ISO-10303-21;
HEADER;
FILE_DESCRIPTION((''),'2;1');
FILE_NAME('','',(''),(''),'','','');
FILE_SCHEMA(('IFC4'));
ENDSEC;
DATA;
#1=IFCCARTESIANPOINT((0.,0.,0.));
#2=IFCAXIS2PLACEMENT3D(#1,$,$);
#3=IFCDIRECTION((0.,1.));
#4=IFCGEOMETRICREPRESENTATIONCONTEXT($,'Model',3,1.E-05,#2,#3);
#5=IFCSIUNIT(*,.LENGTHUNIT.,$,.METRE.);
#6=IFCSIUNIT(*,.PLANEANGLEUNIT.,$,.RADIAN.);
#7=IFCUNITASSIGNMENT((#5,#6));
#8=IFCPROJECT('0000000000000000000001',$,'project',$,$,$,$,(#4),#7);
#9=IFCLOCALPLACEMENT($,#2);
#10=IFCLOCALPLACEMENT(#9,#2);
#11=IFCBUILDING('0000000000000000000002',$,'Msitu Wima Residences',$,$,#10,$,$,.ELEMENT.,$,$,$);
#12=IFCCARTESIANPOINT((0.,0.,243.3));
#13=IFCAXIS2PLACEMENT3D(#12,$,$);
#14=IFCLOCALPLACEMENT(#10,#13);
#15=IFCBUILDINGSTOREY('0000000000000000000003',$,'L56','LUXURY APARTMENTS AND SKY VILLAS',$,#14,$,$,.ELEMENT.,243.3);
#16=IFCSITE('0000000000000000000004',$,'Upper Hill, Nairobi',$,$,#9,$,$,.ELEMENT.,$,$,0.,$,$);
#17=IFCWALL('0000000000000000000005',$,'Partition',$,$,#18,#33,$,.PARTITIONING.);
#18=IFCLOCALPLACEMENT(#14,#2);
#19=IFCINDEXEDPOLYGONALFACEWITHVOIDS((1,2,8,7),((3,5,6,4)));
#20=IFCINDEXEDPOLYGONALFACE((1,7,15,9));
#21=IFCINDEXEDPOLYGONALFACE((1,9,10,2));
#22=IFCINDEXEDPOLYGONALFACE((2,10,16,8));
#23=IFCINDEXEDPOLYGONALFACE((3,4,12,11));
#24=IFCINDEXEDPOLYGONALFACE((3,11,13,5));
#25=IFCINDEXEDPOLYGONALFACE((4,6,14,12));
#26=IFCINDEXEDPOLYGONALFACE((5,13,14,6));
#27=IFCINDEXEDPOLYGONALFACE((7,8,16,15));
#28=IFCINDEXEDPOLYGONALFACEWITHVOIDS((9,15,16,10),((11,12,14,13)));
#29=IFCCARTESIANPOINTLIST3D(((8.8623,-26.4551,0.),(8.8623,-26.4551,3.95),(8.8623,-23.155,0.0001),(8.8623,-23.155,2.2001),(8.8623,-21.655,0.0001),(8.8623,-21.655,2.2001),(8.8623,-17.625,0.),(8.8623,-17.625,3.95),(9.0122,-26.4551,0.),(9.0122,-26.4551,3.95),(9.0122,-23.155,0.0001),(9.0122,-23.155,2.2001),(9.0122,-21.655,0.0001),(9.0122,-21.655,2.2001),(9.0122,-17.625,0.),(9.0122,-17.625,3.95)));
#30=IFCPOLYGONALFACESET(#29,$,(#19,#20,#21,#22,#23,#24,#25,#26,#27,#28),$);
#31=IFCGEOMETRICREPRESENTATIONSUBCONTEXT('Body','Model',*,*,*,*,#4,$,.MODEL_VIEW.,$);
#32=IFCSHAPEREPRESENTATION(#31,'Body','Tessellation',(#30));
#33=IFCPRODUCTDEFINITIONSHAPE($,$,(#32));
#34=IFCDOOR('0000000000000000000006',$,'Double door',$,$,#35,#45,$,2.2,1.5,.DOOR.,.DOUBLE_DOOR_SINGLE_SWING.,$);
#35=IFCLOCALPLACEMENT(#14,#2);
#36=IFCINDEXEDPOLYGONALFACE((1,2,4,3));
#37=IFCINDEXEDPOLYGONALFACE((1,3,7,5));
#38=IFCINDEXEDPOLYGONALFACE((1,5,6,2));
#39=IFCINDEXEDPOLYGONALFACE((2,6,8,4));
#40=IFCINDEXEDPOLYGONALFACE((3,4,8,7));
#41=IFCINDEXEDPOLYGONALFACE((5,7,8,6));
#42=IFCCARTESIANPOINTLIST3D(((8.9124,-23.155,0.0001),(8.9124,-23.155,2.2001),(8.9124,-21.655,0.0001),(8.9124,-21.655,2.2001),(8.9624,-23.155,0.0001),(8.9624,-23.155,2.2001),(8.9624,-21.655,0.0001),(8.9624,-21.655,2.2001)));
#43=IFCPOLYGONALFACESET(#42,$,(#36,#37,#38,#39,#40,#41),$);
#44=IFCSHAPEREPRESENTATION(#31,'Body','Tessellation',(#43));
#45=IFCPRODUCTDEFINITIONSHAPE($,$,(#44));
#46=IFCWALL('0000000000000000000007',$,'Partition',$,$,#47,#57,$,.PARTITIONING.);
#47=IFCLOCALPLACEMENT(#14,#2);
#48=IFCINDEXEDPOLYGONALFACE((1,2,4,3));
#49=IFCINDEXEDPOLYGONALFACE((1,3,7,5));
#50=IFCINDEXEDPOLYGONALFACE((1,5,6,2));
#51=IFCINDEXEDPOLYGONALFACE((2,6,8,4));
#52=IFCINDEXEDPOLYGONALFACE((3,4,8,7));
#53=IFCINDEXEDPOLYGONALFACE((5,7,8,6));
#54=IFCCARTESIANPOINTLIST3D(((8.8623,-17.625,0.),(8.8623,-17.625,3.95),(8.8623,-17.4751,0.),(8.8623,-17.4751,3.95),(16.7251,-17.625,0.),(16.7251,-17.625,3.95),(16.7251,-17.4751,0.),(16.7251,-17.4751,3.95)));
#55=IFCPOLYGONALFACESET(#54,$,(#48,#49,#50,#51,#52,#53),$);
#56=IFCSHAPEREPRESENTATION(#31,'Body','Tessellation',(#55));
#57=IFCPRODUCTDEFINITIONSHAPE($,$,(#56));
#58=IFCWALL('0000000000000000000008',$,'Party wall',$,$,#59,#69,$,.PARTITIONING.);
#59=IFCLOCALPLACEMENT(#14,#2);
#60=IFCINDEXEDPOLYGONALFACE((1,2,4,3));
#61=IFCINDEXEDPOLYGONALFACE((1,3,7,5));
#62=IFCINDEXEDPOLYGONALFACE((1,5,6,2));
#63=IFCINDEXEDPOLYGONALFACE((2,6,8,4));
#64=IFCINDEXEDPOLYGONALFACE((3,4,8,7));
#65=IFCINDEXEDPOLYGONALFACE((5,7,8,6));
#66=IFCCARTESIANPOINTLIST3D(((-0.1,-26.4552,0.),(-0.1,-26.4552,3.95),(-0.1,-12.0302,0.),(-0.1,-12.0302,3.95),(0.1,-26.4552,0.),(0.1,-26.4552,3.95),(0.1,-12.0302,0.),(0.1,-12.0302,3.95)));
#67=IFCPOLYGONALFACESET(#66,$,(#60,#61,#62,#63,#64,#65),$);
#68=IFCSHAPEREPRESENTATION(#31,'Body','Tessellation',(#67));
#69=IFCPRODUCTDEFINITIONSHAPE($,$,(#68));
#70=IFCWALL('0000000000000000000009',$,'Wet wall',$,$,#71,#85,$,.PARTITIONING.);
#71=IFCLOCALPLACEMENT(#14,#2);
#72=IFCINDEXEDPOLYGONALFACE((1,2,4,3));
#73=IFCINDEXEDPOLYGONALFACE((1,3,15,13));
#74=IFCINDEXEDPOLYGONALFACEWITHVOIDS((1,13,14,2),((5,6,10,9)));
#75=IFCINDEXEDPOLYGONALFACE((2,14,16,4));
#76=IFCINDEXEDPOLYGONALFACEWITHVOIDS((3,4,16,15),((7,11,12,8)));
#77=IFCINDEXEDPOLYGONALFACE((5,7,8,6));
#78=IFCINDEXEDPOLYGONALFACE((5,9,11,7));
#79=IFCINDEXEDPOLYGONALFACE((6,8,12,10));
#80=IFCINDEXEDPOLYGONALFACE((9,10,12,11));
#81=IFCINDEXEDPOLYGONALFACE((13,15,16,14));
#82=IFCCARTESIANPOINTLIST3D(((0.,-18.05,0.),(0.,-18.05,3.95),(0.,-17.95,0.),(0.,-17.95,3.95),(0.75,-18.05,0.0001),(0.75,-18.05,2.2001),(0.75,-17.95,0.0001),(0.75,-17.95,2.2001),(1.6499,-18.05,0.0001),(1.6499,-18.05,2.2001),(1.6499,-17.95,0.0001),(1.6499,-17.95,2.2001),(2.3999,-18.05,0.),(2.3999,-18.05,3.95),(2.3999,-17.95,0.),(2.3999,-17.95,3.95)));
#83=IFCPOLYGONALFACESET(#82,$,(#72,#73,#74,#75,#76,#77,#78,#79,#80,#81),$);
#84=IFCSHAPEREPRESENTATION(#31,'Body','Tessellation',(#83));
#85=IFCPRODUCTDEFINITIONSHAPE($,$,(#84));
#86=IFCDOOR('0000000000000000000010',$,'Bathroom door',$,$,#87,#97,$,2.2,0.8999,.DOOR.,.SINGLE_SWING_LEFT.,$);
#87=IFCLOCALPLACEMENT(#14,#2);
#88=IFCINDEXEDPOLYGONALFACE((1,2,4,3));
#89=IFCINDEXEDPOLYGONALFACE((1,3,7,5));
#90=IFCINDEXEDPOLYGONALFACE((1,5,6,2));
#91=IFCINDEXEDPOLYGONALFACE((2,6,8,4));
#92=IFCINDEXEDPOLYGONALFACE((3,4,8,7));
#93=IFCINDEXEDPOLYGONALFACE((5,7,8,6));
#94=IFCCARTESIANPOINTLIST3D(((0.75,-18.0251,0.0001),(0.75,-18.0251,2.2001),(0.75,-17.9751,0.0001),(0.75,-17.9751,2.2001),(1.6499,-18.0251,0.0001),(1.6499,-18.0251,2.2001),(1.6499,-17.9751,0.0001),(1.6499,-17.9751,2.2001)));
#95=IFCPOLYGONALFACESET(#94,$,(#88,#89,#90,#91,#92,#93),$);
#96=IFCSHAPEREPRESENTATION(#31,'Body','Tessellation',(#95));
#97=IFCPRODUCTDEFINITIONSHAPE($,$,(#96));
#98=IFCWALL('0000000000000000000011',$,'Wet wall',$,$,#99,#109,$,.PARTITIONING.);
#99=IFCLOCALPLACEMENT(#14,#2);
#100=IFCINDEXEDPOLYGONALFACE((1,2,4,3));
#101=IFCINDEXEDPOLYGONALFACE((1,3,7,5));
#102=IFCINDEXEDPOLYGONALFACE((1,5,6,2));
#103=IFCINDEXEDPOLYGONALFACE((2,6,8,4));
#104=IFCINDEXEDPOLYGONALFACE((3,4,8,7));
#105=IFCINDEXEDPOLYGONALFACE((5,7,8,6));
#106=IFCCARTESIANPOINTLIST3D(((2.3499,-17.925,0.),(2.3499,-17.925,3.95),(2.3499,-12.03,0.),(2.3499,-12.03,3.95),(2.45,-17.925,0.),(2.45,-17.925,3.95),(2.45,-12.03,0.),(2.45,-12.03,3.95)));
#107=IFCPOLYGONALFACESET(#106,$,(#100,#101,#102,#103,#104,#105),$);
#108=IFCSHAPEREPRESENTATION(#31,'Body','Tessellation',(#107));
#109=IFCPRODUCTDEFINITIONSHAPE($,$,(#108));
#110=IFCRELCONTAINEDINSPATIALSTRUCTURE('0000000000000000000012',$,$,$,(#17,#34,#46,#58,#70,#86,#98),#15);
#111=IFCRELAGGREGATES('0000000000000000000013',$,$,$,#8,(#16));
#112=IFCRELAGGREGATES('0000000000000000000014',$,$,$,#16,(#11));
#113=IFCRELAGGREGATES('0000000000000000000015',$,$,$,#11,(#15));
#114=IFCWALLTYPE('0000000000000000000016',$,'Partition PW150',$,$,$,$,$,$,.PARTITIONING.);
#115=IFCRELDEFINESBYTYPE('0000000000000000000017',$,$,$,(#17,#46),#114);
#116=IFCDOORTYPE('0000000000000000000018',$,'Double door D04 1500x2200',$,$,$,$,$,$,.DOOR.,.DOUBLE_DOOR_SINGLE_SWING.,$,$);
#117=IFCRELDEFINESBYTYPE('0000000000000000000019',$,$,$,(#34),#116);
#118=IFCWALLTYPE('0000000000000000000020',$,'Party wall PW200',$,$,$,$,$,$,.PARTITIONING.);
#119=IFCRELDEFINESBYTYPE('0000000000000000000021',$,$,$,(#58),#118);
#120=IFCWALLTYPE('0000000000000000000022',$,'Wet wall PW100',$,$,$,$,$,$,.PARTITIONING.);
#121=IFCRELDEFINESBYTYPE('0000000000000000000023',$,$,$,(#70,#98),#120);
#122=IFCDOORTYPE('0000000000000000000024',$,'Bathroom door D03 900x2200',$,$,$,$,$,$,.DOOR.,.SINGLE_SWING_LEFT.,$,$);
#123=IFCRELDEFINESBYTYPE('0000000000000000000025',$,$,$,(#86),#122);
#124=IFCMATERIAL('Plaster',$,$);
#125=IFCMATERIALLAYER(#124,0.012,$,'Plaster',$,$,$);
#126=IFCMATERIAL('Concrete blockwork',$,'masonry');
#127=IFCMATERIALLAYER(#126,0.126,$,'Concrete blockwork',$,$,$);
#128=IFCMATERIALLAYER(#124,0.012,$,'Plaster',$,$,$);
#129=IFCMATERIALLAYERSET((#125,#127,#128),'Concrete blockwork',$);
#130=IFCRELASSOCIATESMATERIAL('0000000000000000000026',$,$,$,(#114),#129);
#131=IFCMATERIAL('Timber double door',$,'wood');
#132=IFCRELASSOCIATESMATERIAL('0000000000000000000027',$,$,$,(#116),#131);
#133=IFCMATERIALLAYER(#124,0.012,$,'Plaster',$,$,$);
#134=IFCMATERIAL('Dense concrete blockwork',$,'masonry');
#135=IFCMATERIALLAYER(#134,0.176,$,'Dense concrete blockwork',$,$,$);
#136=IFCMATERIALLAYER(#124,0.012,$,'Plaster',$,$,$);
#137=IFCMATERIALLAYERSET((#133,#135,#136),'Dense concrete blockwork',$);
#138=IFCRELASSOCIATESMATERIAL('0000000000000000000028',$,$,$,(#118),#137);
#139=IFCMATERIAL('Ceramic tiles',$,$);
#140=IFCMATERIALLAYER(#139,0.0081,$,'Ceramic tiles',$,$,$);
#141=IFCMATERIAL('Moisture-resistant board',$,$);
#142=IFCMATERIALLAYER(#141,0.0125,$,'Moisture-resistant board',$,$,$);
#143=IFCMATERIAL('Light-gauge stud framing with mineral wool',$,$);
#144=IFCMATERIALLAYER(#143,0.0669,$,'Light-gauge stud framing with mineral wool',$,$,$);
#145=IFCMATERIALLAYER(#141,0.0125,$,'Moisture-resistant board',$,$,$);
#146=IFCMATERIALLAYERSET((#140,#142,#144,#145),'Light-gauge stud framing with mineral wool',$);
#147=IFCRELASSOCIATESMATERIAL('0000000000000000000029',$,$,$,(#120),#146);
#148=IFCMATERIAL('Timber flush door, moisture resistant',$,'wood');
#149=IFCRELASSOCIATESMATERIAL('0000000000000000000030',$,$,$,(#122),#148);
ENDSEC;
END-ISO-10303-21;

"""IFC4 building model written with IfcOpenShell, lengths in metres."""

from ifc_helpers import new_model, si_unit, direction, frame, frame_2d, origin, place, context, subcontext, project, spatial, rectangle, extrude, material, layer, layer_set, type_object, element, fill, save


model = new_model("IFC4")

# Units and contexts
model_context = context("Model", 3, precision=1e-05, world=origin(), true_north=direction((0.0, 1.0)))
body_context = subcontext(model_context, "Body", "Model", "MODEL_VIEW")
ifc_project = project(units=[si_unit("LENGTHUNIT", "METRE"), si_unit("PLANEANGLEUNIT", "RADIAN")], contexts=[model_context])

# Site, building, storey
site_placement = place(None, origin())
site = spatial("IfcSite", under=ifc_project, at=site_placement, Name="Upper Hill, Nairobi", CompositionType="ELEMENT", RefElevation=0.0)
building_placement = place(site_placement, origin())
building = spatial("IfcBuilding", under=site, at=building_placement, Name="Msitu Wima Residences", CompositionType="ELEMENT")
storey_placement = place(building_placement, frame((0.0, 0.0, 243.3)))
storey = spatial("IfcBuildingStorey", under=building, at=storey_placement, Name="L56", Description="LUXURY APARTMENTS AND SKY VILLAS", CompositionType="ELEMENT", Elevation=243.3)

# Wall, opening, door
ifc_material_1 = material(Name="Plaster")
ifc_layer_1 = layer(ifc_material_1, 0.012, Name="Plaster")
ifc_material_2 = material(Name="Concrete blockwork", Category="masonry")
ifc_layer_2 = layer(ifc_material_2, 0.126, Name="Concrete blockwork")
ifc_layer_3 = layer(ifc_material_1, 0.012, Name="Plaster")
ifc_layer_set_1 = layer_set([ifc_layer_1, ifc_layer_2, ifc_layer_3], Name="Concrete blockwork")
wall_type_1 = type_object("IfcWallType", Name="Partition PW150", PredefinedType="PARTITIONING", material=ifc_layer_set_1)
wall_1_placement = place(storey_placement, frame((8.9373, -26.4551, 0.0), z_axis=(0.0, 0.0, 1.0), x_axis=(0.0, 1.0, 0.0)))
wall_1 = element("IfcWall", 1, at=wall_1_placement, inside=storey, type_object=wall_type_1, Name="Partition", PredefinedType="PARTITIONING", context=body_context, shape_type="SweptSolid", body=[
    extrude(rectangle(XDim=8.8301, YDim=0.1499, at=frame_2d((4.415, 0.0))), origin(), (0.0, 0.0, 1.0), 3.95),
])
opening_1_placement = place(wall_1_placement, frame((3.3, 0.0, 0.0)))
opening_1 = element("IfcOpeningElement", 2, at=opening_1_placement, cuts=wall_1, PredefinedType="OPENING", context=body_context, shape_type="SweptSolid", body=[
    extrude(rectangle(XDim=1.5, YDim=2.2, at=frame_2d((0.75, 1.1001))), frame((0.0, 0.085, 0.0), z_axis=(0.0, -1.0, 0.0), x_axis=(1.0, 0.0, 0.0)), (0.0, 0.0, 1.0), 0.1699),
])
ifc_material_3 = material(Name="Timber double door", Category="wood")
door_type_1 = type_object("IfcDoorType", Name="Double door D04 1500x2200", OperationType="DOUBLE_DOOR_SINGLE_SWING", PredefinedType="DOOR", material=ifc_material_3)
door_1_placement = place(opening_1_placement, origin())
door_1 = element("IfcDoor", 3, at=door_1_placement, inside=storey, type_object=door_type_1, Name="Double door", OperationType="DOUBLE_DOOR_SINGLE_SWING", OverallHeight=2.2, OverallWidth=1.5, PredefinedType="DOOR", context=body_context, shape_type="SweptSolid", body=[
    extrude(rectangle(XDim=1.5, YDim=2.2, at=frame_2d((0.75, 1.1001))), frame((0.0, 0.0249, 0.0), z_axis=(0.0, -1.0, 0.0), x_axis=(1.0, 0.0, 0.0)), (0.0, 0.0, 1.0), 0.05),
])
fill(opening_1, door_1)

# Walls
wall_2_placement = place(storey_placement, frame((8.8623, -17.55, 0.0), z_axis=(0.0, 0.0, 1.0), x_axis=(1.0, 0.0, 0.0)))
element("IfcWall", 4, at=wall_2_placement, inside=storey, type_object=wall_type_1, Name="Partition", PredefinedType="PARTITIONING", context=body_context, shape_type="SweptSolid", body=[
    extrude(rectangle(XDim=7.8628, YDim=0.1499, at=frame_2d((3.9314, 0.0))), origin(), (0.0, 0.0, 1.0), 3.95),
])
ifc_layer_4 = layer(ifc_material_1, 0.012, Name="Plaster")
ifc_material_4 = material(Name="Dense concrete blockwork", Category="masonry")
ifc_layer_5 = layer(ifc_material_4, 0.176, Name="Dense concrete blockwork")
ifc_layer_6 = layer(ifc_material_1, 0.012, Name="Plaster")
ifc_layer_set_2 = layer_set([ifc_layer_4, ifc_layer_5, ifc_layer_6], Name="Dense concrete blockwork")
wall_type_2 = type_object("IfcWallType", Name="Party wall PW200", PredefinedType="PARTITIONING", material=ifc_layer_set_2)
wall_3_placement = place(storey_placement, frame((0.0, -26.4551, 0.0), z_axis=(0.0, 0.0, 1.0), x_axis=(0.0, 1.0, 0.0)))
element("IfcWall", 5, at=wall_3_placement, inside=storey, type_object=wall_type_2, Name="Party wall", PredefinedType="PARTITIONING", context=body_context, shape_type="SweptSolid", body=[
    extrude(rectangle(XDim=14.425, YDim=0.2, at=frame_2d((7.2124, 0.0))), origin(), (0.0, 0.0, 1.0), 3.95),
])

# Wall, opening, door
ifc_material_5 = material(Name="Ceramic tiles")
ifc_layer_7 = layer(ifc_material_5, 0.0081, Name="Ceramic tiles")
ifc_material_6 = material(Name="Moisture-resistant board")
ifc_layer_8 = layer(ifc_material_6, 0.0125, Name="Moisture-resistant board")
ifc_material_7 = material(Name="Light-gauge stud framing with mineral wool")
ifc_layer_9 = layer(ifc_material_7, 0.0669, Name="Light-gauge stud framing with mineral wool")
ifc_layer_10 = layer(ifc_material_6, 0.0125, Name="Moisture-resistant board")
ifc_layer_set_3 = layer_set([ifc_layer_7, ifc_layer_8, ifc_layer_9, ifc_layer_10], Name="Light-gauge stud framing with mineral wool")
wall_type_3 = type_object("IfcWallType", Name="Wet wall PW100", PredefinedType="PARTITIONING", material=ifc_layer_set_3)
wall_4_placement = place(storey_placement, frame((0.0, -18.0, 0.0), z_axis=(0.0, 0.0, 1.0), x_axis=(1.0, 0.0, 0.0)))
wall_4 = element("IfcWall", 6, at=wall_4_placement, inside=storey, type_object=wall_type_3, Name="Wet wall", PredefinedType="PARTITIONING", context=body_context, shape_type="SweptSolid", body=[
    extrude(rectangle(XDim=2.3999, YDim=0.1001, at=frame_2d((1.2, 0.0))), origin(), (0.0, 0.0, 1.0), 3.95),
])
opening_2_placement = place(wall_4_placement, frame((0.75, 0.0, 0.0)))
opening_2 = element("IfcOpeningElement", 7, at=opening_2_placement, cuts=wall_4, PredefinedType="OPENING", context=body_context, shape_type="SweptSolid", body=[
    extrude(rectangle(XDim=0.8999, YDim=2.2, at=frame_2d((0.45, 1.1001))), frame((0.0, 0.0601, 0.0), z_axis=(0.0, -1.0, 0.0), x_axis=(1.0, 0.0, 0.0)), (0.0, 0.0, 1.0), 0.1201),
])
ifc_material_8 = material(Name="Timber flush door, moisture resistant", Category="wood")
door_type_2 = type_object("IfcDoorType", Name="Bathroom door D03 900x2200", OperationType="SINGLE_SWING_LEFT", PredefinedType="DOOR", material=ifc_material_8)
door_2_placement = place(opening_2_placement, origin())
door_2 = element("IfcDoor", 8, at=door_2_placement, inside=storey, type_object=door_type_2, Name="Bathroom door", OperationType="SINGLE_SWING_LEFT", OverallHeight=2.2, OverallWidth=0.8999, PredefinedType="DOOR", context=body_context, shape_type="SweptSolid", body=[
    extrude(rectangle(XDim=0.8999, YDim=2.2, at=frame_2d((0.45, 1.1001))), frame((0.0, 0.0249, 0.0), z_axis=(0.0, -1.0, 0.0), x_axis=(1.0, 0.0, 0.0)), (0.0, 0.0, 1.0), 0.05),
])
fill(opening_2, door_2)

# Wall
wall_5_placement = place(storey_placement, frame((2.3999, -17.925, 0.0), z_axis=(0.0, 0.0, 1.0), x_axis=(0.0, 1.0, 0.0)))
element("IfcWall", 9, at=wall_5_placement, inside=storey, type_object=wall_type_3, Name="Wet wall", PredefinedType="PARTITIONING", context=body_context, shape_type="SweptSolid", body=[
    extrude(rectangle(XDim=5.895, YDim=0.1001, at=frame_2d((2.9475, 0.0))), origin(), (0.0, 0.0, 1.0), 3.95),
])

save(model, "model.ifc")
